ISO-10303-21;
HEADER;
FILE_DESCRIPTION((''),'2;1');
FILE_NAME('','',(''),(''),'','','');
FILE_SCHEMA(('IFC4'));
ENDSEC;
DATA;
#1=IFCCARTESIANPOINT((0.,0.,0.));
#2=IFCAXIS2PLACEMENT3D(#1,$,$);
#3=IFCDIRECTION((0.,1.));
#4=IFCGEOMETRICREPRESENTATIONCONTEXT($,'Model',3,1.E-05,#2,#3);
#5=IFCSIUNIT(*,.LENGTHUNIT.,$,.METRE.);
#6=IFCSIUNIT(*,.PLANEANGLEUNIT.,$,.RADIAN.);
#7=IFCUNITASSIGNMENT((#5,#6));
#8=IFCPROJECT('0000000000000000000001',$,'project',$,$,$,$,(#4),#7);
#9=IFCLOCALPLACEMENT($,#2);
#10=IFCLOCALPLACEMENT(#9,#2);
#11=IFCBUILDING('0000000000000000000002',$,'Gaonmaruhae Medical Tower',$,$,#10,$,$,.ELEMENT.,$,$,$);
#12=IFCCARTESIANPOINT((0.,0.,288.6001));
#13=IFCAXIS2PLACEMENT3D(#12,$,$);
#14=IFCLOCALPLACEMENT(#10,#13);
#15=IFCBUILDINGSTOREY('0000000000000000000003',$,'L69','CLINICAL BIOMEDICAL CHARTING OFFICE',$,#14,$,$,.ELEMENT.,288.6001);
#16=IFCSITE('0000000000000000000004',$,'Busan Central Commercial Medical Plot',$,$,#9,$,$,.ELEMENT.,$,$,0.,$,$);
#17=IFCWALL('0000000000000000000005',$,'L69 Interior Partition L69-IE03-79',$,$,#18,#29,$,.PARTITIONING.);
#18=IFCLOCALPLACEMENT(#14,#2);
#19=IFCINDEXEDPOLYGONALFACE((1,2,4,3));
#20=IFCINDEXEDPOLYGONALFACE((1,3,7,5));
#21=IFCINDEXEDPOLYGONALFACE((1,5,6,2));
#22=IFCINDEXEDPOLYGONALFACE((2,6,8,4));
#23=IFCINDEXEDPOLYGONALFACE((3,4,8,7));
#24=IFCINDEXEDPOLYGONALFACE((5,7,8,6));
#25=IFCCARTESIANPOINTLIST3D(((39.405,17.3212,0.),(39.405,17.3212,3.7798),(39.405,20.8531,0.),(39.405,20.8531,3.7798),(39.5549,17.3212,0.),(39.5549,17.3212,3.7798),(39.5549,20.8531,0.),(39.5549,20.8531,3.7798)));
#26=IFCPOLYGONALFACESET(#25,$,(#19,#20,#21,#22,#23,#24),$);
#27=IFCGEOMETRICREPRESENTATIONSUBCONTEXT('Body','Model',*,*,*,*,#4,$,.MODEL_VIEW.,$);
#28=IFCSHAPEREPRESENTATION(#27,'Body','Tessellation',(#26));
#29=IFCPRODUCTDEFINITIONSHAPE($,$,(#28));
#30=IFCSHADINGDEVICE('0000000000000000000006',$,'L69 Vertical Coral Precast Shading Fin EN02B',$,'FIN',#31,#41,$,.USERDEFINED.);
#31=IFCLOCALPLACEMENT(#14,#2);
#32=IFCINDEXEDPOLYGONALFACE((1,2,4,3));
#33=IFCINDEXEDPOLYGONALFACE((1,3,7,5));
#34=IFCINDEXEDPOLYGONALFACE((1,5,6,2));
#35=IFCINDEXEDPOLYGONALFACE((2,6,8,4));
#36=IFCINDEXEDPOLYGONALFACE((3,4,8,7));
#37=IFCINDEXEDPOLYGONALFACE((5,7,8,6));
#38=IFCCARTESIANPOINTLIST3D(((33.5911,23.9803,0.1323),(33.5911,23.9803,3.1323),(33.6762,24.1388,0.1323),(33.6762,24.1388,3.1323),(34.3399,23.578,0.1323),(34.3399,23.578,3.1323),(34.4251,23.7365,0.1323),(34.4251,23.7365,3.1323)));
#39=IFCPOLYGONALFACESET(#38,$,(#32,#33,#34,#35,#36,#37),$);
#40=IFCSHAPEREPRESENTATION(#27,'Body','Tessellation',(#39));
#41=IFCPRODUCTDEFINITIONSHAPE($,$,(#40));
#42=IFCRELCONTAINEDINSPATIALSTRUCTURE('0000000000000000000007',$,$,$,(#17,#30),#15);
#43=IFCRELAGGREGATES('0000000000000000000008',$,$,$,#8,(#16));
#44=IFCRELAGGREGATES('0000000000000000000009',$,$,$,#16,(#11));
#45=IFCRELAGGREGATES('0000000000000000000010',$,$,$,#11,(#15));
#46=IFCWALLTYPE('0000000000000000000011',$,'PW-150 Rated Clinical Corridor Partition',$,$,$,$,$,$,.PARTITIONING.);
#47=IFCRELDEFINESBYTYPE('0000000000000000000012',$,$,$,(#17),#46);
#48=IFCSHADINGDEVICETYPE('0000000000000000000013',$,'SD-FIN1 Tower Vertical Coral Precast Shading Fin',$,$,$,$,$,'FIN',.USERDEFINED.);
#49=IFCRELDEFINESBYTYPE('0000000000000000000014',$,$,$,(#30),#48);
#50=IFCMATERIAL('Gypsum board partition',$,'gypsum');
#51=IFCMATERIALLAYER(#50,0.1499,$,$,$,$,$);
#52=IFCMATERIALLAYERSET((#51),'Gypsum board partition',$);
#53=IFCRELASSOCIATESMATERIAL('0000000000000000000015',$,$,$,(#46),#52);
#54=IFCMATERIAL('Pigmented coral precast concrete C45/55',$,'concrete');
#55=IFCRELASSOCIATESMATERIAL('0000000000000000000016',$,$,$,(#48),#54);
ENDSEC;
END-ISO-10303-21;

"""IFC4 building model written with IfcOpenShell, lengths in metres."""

from ifc_helpers import new_model, si_unit, direction, frame, frame_2d, origin, origin_2d, place, context, subcontext, project, spatial, rectangle, extrude, material, layer, layer_set, type_object, element, save


model = new_model("IFC4")

# Units and contexts
model_context = context("Model", 3, precision=1e-05, world=origin(), true_north=direction((0.0, 1.0)))
body_context = subcontext(model_context, "Body", "Model", "MODEL_VIEW")
ifc_project = project(units=[si_unit("LENGTHUNIT", "METRE"), si_unit("PLANEANGLEUNIT", "RADIAN")], contexts=[model_context])

# Site, building, storey
site_placement = place(None, origin())
site = spatial("IfcSite", under=ifc_project, at=site_placement, Name="Busan Central Commercial Medical Plot", CompositionType="ELEMENT", RefElevation=0.0)
building_placement = place(site_placement, origin())
building = spatial("IfcBuilding", under=site, at=building_placement, Name="Gaonmaruhae Medical Tower", CompositionType="ELEMENT")
storey_placement = place(building_placement, frame((0.0, 0.0, 288.6001)))
storey = spatial("IfcBuildingStorey", under=building, at=storey_placement, Name="L69", Description="CLINICAL BIOMEDICAL CHARTING OFFICE", CompositionType="ELEMENT", Elevation=288.6001)

# Shared definitions
ifc_material_1 = material(Name="Gypsum board partition", Category="gypsum")
ifc_layer_1 = layer(ifc_material_1, 0.1499)
ifc_layer_set_1 = layer_set([ifc_layer_1], Name="Gypsum board partition")
wall_type_1 = type_object("IfcWallType", Name="PW-150 Rated Clinical Corridor Partition", PredefinedType="PARTITIONING", material=ifc_layer_set_1)

# Wall
wall_1_placement = place(storey_placement, frame((39.48, 17.321, 0.0), z_axis=(0.0, 0.0, 1.0), x_axis=(0.0, 1.0, 0.0)))
element("IfcWall", 1, at=wall_1_placement, inside=storey, type_object=wall_type_1, Name="L69 Interior Partition L69-IE03-79", PredefinedType="PARTITIONING", context=body_context, shape_type="SweptSolid", body=[
    extrude(rectangle(XDim=3.532, YDim=0.1499, at=frame_2d((1.7661, 0.0))), origin(), (0.0, 0.0, 1.0), 3.7798),
])

# Shading device
ifc_material_2 = material(Name="Pigmented coral precast concrete C45/55", Category="concrete")
shading_device_type = type_object("IfcShadingDeviceType", Name="SD-FIN1 Tower Vertical Coral Precast Shading Fin", ElementType="FIN", PredefinedType="USERDEFINED", material=ifc_material_2)
shading_device_placement = place(storey_placement, frame((34.0081, 23.8584, 0.1323), z_axis=(0.0, 0.0, 1.0), x_axis=(0.47332, 0.880891, 0.0)))
element("IfcShadingDevice", 2, at=shading_device_placement, inside=storey, type_object=shading_device_type, Name="L69 Vertical Coral Precast Shading Fin EN02B", ObjectType="FIN", PredefinedType="USERDEFINED", context=body_context, shape_type="SweptSolid", body=[
    extrude(rectangle(XDim=0.1799, YDim=0.8501, at=origin_2d()), origin(), (0.0, 0.0, 1.0), 3.0),
])

save(model, "model.ifc")
